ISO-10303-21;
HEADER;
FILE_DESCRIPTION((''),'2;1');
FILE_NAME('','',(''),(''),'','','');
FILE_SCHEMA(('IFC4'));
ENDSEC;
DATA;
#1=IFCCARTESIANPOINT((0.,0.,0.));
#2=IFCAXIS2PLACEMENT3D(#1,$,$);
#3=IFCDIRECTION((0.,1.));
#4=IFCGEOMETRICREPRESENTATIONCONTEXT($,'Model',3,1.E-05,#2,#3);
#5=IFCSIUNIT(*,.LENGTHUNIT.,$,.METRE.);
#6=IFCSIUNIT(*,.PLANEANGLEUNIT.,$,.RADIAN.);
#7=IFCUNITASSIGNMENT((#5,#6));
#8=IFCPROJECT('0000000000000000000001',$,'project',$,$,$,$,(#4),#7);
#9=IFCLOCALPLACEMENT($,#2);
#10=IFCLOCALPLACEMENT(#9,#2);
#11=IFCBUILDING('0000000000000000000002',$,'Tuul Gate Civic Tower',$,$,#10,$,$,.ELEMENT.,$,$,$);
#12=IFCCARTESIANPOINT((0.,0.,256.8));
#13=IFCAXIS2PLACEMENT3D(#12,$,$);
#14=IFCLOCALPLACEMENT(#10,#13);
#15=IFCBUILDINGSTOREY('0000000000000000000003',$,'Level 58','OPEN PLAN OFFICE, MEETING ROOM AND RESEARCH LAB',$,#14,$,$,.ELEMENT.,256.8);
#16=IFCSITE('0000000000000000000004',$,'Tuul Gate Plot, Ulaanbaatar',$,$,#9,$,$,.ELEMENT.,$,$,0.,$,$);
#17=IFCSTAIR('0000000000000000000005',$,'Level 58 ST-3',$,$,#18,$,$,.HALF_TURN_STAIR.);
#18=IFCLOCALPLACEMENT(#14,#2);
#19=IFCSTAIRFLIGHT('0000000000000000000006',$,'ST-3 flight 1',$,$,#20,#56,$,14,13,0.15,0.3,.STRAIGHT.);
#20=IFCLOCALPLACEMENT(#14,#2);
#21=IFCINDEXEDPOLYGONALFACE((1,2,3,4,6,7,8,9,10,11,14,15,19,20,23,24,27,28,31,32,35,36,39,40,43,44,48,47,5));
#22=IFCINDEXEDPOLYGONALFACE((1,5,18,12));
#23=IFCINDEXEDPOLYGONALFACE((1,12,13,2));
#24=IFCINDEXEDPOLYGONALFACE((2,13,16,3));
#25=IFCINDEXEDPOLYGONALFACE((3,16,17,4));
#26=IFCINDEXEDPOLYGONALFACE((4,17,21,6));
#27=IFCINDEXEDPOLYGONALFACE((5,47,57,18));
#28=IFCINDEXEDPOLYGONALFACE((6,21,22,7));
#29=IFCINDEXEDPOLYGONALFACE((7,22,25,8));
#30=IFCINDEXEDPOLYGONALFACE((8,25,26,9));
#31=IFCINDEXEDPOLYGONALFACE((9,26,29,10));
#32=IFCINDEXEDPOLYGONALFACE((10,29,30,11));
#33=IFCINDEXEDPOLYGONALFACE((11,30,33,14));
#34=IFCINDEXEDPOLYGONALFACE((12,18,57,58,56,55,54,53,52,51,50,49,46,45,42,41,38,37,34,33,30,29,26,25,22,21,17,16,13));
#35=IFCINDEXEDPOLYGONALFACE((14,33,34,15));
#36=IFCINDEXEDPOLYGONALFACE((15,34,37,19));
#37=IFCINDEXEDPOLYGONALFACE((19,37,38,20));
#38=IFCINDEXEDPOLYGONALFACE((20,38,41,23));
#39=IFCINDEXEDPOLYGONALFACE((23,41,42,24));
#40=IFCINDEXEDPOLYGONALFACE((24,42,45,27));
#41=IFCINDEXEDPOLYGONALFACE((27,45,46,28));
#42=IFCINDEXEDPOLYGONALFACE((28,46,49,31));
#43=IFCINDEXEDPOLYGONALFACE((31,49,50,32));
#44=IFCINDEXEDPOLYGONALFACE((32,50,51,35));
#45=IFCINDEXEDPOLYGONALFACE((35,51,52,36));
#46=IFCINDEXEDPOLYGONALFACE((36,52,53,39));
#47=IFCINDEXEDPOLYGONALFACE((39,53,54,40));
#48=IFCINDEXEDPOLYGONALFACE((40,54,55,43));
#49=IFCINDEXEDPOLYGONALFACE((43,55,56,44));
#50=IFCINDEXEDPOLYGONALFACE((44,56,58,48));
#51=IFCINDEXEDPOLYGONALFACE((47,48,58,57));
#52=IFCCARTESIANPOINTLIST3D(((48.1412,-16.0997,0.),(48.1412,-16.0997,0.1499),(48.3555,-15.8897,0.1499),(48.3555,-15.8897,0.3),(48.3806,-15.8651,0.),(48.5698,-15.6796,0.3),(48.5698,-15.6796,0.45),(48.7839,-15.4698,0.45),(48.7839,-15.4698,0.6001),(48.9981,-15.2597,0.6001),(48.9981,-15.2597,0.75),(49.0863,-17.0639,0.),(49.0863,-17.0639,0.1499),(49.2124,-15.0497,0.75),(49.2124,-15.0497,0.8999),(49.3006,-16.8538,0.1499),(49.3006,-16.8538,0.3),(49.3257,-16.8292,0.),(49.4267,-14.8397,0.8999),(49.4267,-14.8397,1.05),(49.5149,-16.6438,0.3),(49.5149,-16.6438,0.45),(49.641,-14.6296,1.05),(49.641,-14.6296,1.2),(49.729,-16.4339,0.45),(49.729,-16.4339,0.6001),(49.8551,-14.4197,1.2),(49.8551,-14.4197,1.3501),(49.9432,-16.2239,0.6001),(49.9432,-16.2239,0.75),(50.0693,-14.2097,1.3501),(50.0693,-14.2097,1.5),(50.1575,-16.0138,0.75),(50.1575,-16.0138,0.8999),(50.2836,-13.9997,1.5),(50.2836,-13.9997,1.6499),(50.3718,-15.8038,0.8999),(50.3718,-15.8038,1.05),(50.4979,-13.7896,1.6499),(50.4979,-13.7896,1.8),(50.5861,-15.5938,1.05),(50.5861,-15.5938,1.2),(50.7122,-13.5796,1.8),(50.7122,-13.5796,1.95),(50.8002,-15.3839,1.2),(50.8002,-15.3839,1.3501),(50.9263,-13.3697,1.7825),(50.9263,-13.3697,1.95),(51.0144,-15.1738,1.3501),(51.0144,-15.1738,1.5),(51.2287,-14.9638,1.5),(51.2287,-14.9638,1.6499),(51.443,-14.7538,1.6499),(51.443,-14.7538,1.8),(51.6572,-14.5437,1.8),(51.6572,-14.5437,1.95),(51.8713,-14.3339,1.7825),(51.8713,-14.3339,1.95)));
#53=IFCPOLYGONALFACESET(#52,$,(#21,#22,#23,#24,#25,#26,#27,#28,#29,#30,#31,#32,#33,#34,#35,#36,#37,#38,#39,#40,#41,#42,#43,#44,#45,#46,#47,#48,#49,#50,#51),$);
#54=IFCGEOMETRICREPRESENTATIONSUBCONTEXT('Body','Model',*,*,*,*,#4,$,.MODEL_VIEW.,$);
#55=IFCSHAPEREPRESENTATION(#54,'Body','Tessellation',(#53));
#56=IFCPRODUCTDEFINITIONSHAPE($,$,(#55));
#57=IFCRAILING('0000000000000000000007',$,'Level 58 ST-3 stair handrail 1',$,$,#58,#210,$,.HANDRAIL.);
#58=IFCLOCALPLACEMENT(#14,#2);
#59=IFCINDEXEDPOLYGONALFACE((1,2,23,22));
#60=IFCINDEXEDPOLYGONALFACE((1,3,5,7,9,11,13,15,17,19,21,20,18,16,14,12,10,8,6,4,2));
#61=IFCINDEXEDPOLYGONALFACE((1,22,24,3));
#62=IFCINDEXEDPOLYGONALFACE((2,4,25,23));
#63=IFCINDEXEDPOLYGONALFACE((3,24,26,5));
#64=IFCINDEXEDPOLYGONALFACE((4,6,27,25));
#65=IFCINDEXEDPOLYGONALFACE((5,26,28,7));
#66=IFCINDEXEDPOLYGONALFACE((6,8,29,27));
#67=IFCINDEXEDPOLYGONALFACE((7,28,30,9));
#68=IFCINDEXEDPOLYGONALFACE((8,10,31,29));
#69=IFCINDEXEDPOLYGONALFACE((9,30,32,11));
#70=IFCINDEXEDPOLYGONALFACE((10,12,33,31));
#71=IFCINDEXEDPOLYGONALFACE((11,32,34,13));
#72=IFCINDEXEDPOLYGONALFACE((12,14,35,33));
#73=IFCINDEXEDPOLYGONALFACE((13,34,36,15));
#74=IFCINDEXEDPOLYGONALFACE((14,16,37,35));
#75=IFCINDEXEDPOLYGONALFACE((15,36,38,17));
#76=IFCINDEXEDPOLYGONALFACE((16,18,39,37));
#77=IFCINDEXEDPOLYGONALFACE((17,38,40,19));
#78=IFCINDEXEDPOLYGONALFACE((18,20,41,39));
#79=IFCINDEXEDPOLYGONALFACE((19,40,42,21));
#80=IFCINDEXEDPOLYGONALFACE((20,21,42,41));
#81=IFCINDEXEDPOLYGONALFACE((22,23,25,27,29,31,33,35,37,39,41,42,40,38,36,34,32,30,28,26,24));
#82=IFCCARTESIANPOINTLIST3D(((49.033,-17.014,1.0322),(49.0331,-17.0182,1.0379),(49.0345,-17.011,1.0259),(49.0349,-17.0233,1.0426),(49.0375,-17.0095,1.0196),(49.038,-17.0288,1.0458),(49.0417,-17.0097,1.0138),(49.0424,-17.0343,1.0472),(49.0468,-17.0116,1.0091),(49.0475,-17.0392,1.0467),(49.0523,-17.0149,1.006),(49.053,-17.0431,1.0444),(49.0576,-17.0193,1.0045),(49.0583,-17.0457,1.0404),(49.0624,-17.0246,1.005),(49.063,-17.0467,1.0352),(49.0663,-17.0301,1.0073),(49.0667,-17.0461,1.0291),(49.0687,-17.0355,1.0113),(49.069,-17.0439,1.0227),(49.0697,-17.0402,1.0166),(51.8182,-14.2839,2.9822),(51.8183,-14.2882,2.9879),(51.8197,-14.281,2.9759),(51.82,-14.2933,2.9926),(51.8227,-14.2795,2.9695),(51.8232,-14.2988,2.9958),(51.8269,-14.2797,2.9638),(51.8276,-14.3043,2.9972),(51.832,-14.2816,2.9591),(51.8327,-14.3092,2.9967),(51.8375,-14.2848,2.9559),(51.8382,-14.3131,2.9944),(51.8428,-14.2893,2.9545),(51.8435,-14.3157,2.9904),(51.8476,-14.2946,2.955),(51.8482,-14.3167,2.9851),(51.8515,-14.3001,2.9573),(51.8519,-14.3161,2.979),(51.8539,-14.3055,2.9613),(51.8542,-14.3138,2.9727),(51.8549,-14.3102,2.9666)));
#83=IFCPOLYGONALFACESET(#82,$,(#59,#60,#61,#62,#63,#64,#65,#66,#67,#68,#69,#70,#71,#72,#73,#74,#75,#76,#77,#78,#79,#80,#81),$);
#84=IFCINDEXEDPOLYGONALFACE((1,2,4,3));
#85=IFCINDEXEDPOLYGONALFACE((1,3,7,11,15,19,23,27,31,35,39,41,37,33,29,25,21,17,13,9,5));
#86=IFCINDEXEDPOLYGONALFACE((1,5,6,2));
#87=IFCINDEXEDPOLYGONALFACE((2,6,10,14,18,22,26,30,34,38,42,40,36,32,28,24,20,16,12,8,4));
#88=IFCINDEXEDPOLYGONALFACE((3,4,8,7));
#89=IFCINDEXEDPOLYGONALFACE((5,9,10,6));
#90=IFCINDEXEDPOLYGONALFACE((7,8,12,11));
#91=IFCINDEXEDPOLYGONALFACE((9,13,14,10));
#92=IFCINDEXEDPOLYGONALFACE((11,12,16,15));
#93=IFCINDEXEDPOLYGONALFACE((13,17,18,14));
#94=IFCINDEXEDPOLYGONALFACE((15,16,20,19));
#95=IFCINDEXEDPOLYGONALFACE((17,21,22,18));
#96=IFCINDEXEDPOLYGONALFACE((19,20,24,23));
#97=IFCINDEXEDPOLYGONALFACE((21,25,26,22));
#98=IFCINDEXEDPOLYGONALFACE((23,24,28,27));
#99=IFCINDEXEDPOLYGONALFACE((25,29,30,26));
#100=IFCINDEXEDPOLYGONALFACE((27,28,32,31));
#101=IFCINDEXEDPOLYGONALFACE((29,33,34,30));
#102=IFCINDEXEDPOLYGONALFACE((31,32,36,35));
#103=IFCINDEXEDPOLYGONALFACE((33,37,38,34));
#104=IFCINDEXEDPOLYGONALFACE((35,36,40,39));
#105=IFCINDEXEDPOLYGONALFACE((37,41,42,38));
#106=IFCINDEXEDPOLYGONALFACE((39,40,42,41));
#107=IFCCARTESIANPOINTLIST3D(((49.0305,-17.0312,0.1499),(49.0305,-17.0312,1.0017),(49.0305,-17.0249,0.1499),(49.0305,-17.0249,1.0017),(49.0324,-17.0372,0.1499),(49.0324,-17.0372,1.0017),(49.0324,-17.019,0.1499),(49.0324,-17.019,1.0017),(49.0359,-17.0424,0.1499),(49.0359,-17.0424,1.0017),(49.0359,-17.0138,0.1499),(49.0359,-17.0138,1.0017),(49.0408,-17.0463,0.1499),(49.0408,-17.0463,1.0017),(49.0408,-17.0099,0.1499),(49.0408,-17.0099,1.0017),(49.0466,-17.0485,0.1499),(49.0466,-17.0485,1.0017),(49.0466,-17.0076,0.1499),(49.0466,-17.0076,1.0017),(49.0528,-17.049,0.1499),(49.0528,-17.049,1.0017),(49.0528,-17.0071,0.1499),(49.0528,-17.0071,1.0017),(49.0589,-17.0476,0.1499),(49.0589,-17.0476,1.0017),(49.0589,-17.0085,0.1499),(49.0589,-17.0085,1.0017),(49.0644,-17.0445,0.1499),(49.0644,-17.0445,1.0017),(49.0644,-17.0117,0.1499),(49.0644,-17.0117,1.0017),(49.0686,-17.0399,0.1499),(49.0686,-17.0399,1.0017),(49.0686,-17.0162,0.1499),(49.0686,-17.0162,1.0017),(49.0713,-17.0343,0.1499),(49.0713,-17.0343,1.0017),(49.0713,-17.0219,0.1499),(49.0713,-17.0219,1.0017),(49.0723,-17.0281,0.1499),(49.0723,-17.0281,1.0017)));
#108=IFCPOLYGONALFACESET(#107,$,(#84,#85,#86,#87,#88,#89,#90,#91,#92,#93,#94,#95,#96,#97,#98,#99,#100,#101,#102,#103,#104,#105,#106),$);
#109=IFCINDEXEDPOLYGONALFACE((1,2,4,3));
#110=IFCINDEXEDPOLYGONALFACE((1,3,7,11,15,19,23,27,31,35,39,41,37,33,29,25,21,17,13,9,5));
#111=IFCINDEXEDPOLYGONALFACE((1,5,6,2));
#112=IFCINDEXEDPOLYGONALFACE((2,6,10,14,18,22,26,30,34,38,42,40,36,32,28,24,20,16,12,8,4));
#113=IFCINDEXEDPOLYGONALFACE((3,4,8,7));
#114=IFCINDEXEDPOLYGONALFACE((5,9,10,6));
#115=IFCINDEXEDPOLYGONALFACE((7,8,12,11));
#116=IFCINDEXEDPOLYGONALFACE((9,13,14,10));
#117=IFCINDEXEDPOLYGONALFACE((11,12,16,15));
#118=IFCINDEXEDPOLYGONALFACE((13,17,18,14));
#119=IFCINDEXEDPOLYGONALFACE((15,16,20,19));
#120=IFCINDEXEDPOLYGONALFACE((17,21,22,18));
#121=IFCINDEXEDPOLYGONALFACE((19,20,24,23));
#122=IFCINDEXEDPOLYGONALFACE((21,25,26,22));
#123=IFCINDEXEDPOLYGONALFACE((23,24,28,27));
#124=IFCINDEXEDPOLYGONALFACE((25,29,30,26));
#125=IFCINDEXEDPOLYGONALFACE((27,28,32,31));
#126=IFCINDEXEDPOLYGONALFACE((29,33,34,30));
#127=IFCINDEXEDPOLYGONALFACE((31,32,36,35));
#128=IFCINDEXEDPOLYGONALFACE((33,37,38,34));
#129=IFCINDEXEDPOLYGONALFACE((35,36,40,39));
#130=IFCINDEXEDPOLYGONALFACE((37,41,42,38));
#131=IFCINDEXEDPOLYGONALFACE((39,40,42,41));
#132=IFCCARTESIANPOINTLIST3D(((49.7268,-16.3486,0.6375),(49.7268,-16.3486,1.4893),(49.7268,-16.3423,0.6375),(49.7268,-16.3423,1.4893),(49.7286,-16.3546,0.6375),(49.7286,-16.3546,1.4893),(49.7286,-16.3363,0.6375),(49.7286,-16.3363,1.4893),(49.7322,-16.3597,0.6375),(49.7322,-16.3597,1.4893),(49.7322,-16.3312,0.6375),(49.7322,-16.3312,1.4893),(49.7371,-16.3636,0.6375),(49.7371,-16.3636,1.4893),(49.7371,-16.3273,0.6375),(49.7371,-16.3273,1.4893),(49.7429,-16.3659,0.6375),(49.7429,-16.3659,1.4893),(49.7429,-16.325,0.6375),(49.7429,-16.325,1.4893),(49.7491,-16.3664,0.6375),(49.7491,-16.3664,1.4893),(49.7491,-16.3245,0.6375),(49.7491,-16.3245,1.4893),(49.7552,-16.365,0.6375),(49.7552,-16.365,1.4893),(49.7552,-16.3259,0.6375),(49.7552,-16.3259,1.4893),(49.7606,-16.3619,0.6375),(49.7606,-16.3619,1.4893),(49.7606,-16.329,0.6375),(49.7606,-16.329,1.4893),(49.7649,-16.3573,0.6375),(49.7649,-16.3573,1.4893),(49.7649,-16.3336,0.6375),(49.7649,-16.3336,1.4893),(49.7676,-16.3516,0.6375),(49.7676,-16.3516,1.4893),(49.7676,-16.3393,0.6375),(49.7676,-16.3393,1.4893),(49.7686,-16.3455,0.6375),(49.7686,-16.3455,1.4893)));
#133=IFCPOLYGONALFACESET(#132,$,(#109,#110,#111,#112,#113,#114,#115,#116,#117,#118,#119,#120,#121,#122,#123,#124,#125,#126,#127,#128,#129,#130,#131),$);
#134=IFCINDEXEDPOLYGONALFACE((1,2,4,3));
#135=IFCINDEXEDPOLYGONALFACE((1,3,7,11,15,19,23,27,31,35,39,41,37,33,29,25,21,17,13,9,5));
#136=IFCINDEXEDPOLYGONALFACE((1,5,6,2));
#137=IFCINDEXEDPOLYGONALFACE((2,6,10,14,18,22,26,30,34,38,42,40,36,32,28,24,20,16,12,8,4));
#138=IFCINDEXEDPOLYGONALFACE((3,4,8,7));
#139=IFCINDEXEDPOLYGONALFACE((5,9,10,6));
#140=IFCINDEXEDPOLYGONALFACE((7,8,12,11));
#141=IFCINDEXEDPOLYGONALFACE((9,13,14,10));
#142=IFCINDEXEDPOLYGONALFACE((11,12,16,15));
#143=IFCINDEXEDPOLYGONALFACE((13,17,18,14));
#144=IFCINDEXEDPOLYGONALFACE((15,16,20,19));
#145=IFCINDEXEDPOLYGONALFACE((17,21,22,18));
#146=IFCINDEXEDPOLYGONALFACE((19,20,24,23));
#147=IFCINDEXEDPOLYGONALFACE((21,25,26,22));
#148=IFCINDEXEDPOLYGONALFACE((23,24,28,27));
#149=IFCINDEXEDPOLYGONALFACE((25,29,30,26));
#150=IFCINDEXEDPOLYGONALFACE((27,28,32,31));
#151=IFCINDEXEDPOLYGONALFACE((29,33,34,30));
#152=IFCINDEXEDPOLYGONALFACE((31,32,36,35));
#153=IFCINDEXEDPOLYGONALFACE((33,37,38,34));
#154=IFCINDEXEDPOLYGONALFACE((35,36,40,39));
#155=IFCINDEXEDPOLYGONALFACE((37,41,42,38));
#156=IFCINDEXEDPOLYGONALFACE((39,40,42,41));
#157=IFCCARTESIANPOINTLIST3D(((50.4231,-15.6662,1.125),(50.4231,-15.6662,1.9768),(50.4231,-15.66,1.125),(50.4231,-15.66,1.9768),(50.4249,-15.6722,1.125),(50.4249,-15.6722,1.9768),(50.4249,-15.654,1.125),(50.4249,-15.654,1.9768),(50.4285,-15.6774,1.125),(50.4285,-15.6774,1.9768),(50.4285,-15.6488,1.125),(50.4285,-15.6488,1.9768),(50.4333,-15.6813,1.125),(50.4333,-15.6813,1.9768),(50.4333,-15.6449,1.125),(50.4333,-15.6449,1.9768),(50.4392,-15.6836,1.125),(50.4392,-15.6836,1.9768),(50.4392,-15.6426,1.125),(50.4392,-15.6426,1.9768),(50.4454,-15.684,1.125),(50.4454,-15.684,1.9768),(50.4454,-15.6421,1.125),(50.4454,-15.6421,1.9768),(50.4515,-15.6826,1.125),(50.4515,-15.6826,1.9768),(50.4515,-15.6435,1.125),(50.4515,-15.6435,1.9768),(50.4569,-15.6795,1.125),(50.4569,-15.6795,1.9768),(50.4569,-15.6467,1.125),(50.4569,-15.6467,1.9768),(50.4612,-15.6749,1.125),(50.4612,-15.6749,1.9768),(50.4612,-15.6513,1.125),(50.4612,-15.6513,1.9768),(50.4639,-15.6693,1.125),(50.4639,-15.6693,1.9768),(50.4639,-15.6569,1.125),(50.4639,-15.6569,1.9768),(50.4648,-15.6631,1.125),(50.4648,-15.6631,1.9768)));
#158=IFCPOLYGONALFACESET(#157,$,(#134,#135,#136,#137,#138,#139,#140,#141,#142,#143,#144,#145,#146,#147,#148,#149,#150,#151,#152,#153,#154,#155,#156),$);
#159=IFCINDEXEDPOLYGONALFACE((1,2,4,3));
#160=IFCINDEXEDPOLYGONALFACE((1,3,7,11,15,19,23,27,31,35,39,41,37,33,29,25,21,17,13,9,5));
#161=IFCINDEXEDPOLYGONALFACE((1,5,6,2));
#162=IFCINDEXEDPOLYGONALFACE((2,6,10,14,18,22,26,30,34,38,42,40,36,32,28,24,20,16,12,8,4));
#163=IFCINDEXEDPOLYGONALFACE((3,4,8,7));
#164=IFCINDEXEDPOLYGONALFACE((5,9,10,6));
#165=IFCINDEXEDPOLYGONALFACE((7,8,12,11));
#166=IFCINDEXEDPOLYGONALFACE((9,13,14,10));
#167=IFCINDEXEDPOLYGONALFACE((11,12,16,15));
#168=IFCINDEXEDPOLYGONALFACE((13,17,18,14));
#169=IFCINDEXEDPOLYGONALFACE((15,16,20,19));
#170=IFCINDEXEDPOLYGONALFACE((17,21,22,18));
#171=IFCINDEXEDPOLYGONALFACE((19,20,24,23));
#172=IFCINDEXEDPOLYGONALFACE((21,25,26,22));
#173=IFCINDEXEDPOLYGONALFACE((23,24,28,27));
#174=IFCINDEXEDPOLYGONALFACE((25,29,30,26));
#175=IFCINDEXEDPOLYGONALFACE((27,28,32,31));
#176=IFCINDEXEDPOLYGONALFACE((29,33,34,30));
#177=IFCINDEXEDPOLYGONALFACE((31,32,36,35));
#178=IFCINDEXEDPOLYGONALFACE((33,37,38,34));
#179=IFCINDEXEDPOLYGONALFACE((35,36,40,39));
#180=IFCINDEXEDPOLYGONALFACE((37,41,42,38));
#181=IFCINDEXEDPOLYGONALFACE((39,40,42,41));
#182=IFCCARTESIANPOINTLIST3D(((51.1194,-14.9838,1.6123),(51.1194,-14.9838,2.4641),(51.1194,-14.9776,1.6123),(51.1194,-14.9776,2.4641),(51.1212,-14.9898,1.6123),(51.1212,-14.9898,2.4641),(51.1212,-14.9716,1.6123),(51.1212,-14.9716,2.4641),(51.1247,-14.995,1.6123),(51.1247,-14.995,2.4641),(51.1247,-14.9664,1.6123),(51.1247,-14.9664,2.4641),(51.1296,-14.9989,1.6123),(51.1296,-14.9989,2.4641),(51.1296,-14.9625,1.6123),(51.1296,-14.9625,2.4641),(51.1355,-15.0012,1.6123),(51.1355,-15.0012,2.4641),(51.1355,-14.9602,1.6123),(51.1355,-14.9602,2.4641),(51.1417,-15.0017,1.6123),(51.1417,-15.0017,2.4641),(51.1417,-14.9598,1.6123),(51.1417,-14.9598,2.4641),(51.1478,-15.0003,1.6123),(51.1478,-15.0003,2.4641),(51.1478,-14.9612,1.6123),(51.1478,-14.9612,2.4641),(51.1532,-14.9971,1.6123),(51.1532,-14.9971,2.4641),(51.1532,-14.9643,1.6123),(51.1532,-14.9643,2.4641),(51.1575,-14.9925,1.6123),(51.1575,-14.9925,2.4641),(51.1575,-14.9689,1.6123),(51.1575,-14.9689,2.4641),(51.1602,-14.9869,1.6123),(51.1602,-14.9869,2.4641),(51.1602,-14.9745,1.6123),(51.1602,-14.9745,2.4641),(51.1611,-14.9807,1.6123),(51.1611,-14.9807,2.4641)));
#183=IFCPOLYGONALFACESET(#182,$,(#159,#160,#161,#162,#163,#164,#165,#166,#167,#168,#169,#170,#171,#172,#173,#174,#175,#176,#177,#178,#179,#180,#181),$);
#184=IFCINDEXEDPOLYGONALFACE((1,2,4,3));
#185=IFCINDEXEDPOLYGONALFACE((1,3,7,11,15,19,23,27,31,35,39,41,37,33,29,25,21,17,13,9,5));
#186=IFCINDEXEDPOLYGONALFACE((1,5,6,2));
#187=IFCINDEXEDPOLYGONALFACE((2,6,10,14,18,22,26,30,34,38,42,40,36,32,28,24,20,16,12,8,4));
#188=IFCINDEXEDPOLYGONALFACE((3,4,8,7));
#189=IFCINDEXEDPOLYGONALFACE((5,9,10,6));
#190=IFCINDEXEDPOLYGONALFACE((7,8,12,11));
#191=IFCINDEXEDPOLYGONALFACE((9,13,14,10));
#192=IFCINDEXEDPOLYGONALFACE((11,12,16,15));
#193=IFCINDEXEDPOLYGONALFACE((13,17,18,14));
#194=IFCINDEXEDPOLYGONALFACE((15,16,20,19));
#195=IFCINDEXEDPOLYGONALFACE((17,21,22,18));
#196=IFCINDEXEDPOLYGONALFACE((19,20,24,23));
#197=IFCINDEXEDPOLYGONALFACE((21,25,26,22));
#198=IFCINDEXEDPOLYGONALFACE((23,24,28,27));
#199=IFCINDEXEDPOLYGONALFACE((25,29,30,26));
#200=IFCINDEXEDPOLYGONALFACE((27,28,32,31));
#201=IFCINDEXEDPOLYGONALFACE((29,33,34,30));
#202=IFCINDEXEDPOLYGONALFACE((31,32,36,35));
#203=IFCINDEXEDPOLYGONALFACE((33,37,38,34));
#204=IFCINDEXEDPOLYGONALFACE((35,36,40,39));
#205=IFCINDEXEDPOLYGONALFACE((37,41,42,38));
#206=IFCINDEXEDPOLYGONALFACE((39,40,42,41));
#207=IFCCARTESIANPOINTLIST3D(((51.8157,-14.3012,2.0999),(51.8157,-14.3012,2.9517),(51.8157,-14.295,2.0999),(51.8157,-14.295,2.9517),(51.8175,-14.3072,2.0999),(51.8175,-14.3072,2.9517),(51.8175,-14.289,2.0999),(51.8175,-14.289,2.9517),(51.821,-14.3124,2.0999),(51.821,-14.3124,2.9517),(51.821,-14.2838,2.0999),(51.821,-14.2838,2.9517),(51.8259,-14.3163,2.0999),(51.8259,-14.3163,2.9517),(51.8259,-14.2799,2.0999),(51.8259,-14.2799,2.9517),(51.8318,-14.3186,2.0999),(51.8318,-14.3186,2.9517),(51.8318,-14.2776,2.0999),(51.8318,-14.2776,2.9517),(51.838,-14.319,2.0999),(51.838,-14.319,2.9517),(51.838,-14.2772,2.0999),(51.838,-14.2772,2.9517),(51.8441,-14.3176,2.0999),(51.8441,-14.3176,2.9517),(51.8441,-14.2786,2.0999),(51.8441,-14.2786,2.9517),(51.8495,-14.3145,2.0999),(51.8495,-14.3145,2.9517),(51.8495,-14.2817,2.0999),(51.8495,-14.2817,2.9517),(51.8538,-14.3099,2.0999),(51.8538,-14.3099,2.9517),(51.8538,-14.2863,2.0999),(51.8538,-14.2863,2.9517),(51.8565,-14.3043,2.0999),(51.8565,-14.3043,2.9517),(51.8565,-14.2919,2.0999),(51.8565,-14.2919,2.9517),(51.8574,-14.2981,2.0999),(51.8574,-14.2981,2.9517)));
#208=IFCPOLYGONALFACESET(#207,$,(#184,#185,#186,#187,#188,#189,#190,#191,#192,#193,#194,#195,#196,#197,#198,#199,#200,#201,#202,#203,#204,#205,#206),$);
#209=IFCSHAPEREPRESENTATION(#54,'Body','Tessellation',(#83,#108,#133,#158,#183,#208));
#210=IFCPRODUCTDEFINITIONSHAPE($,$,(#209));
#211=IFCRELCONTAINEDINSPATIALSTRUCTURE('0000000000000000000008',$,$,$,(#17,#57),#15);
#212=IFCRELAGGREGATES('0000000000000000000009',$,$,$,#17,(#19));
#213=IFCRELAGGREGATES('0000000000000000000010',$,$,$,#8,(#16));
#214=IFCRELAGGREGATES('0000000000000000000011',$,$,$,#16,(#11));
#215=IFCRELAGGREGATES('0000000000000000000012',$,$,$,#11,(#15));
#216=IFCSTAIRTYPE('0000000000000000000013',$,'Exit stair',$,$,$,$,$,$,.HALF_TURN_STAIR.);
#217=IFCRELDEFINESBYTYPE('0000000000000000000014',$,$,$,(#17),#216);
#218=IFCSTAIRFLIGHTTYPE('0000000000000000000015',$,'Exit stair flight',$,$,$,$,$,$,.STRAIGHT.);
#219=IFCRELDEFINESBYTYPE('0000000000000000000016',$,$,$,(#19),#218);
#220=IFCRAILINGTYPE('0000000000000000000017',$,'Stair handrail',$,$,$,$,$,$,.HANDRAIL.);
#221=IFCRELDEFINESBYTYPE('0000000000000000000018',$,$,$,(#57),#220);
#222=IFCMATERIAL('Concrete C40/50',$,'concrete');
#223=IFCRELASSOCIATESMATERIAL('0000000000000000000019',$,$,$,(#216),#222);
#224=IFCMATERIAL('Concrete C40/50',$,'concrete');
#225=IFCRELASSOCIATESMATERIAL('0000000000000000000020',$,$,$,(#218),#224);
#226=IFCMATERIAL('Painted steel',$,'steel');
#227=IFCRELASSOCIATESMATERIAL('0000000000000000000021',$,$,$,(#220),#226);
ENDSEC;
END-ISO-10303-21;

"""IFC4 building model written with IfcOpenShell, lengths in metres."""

from ifc_helpers import new_model, si_unit, direction, frame, origin, origin_2d, place, context, subcontext, project, spatial, polyline, circle, outline, extrude, material, type_object, element, aggregate, save


model = new_model("IFC4")

# Units and contexts
model_context = context("Model", 3, precision=1e-05, world=origin(), true_north=direction((0.0, 1.0)))
body_context = subcontext(model_context, "Body", "Model", "MODEL_VIEW")
ifc_project = project(units=[si_unit("LENGTHUNIT", "METRE"), si_unit("PLANEANGLEUNIT", "RADIAN")], contexts=[model_context])

# Site, building, storey
site_placement = place(None, origin())
site = spatial("IfcSite", under=ifc_project, at=site_placement, Name="Tuul Gate Plot, Ulaanbaatar", CompositionType="ELEMENT", RefElevation=0.0)
building_placement = place(site_placement, origin())
building = spatial("IfcBuilding", under=site, at=building_placement, Name="Tuul Gate Civic Tower", CompositionType="ELEMENT")
storey_placement = place(building_placement, frame((0.0, 0.0, 256.8)))
storey = spatial("IfcBuildingStorey", under=building, at=storey_placement, Name="Level 58", Description="OPEN PLAN OFFICE, MEETING ROOM AND RESEARCH LAB", CompositionType="ELEMENT", Elevation=256.8)

# Stair, stair flight
ifc_material_1 = material(Name="Concrete C40/50", Category="concrete")
stair_type = type_object("IfcStairType", Name="Exit stair", PredefinedType="HALF_TURN_STAIR", material=ifc_material_1)
stair_placement = place(storey_placement, origin())
stair = element("IfcStair", 1, at=stair_placement, inside=storey, type_object=stair_type, Name="Level 58 ST-3", PredefinedType="HALF_TURN_STAIR")
ifc_material_2 = material(Name="Concrete C40/50", Category="concrete")
stair_flight_type = type_object("IfcStairFlightType", Name="Exit stair flight", PredefinedType="STRAIGHT", material=ifc_material_2)
stair_flight_placement = place(storey_placement, frame((48.6138, -16.5818, 0.0), z_axis=(0.0, 0.0, 1.0), x_axis=(0.714127, 0.700016, 0.0)))
stair_flight = element("IfcStairFlight", 2, at=stair_flight_placement, type_object=stair_flight_type, Name="ST-3 flight 1", NumberOfRisers=14, NumberOfTreads=13, PredefinedType="STRAIGHT", RiserHeight=0.15, TreadLength=0.3, context=body_context, shape_type="SweptSolid", body=[
    extrude(outline(polyline([(0.0, 0.0), (0.0, 0.1499), (0.3, 0.1499), (0.3, 0.3), (0.6001, 0.3), (0.6001, 0.45), (0.8999, 0.45), (0.8999, 0.6001), (1.2, 0.6001), (1.2, 0.75), (1.5, 0.75), (1.5, 0.8999), (1.8, 0.8999), (1.8, 1.05), (2.1001, 1.05), (2.1001, 1.2), (2.3999, 1.2), (2.3999, 1.3501), (2.7, 1.3501), (2.7, 1.5), (3.0, 1.5), (3.0, 1.6499), (3.3, 1.6499), (3.3, 1.8), (3.6001, 1.8), (3.6001, 1.95), (3.8999, 1.95), (3.8999, 2.1001), (3.8999, 1.7825), (0.3352, 0.0), (0.0, 0.0)])), frame((0.0, 0.675, 0.0), z_axis=(0.0, -1.0, 0.0), x_axis=(1.0, 0.0, 0.0)), (0.0, 0.0, 1.0), 1.3501),
])
aggregate(stair, [stair_flight])

# Railing
ifc_material_3 = material(Name="Painted steel", Category="steel")
railing_type_1 = type_object("IfcRailingType", Name="Stair handrail", PredefinedType="HANDRAIL", material=ifc_material_3)
railing_1_placement = place(storey_placement, frame((49.0513, -17.0281, 0.1499)))
element("IfcRailing", 3, at=railing_1_placement, inside=storey, type_object=railing_type_1, Name="Level 58 ST-3 stair handrail 1", PredefinedType="HANDRAIL", context=body_context, shape_type="SweptSolid", body=[
    extrude(circle(Radius=0.0239, at=origin_2d()), frame((0.0, 0.0, 0.876), z_axis=(0.638754, 0.6261, 0.447206), x_axis=(-0.699998, 0.714145, 0.0)), (0.0, 0.0, 1.0), 4.3604),
    extrude(circle(Radius=0.021, at=origin_2d()), origin(), (0.0, 0.0, 1.0), 0.8518),
    extrude(circle(Radius=0.021, at=origin_2d()), frame((0.6963, 0.6826, 0.4875)), (0.0, 0.0, 1.0), 0.8518),
    extrude(circle(Radius=0.021, at=origin_2d()), frame((1.3926, 1.365, 0.9751)), (0.0, 0.0, 1.0), 0.8518),
    extrude(circle(Radius=0.021, at=origin_2d()), frame((2.0889, 2.0474, 1.4624)), (0.0, 0.0, 1.0), 0.8518),
    extrude(circle(Radius=0.021, at=origin_2d()), frame((2.7852, 2.73, 1.95)), (0.0, 0.0, 1.0), 0.8518),
])

save(model, "model.ifc")
